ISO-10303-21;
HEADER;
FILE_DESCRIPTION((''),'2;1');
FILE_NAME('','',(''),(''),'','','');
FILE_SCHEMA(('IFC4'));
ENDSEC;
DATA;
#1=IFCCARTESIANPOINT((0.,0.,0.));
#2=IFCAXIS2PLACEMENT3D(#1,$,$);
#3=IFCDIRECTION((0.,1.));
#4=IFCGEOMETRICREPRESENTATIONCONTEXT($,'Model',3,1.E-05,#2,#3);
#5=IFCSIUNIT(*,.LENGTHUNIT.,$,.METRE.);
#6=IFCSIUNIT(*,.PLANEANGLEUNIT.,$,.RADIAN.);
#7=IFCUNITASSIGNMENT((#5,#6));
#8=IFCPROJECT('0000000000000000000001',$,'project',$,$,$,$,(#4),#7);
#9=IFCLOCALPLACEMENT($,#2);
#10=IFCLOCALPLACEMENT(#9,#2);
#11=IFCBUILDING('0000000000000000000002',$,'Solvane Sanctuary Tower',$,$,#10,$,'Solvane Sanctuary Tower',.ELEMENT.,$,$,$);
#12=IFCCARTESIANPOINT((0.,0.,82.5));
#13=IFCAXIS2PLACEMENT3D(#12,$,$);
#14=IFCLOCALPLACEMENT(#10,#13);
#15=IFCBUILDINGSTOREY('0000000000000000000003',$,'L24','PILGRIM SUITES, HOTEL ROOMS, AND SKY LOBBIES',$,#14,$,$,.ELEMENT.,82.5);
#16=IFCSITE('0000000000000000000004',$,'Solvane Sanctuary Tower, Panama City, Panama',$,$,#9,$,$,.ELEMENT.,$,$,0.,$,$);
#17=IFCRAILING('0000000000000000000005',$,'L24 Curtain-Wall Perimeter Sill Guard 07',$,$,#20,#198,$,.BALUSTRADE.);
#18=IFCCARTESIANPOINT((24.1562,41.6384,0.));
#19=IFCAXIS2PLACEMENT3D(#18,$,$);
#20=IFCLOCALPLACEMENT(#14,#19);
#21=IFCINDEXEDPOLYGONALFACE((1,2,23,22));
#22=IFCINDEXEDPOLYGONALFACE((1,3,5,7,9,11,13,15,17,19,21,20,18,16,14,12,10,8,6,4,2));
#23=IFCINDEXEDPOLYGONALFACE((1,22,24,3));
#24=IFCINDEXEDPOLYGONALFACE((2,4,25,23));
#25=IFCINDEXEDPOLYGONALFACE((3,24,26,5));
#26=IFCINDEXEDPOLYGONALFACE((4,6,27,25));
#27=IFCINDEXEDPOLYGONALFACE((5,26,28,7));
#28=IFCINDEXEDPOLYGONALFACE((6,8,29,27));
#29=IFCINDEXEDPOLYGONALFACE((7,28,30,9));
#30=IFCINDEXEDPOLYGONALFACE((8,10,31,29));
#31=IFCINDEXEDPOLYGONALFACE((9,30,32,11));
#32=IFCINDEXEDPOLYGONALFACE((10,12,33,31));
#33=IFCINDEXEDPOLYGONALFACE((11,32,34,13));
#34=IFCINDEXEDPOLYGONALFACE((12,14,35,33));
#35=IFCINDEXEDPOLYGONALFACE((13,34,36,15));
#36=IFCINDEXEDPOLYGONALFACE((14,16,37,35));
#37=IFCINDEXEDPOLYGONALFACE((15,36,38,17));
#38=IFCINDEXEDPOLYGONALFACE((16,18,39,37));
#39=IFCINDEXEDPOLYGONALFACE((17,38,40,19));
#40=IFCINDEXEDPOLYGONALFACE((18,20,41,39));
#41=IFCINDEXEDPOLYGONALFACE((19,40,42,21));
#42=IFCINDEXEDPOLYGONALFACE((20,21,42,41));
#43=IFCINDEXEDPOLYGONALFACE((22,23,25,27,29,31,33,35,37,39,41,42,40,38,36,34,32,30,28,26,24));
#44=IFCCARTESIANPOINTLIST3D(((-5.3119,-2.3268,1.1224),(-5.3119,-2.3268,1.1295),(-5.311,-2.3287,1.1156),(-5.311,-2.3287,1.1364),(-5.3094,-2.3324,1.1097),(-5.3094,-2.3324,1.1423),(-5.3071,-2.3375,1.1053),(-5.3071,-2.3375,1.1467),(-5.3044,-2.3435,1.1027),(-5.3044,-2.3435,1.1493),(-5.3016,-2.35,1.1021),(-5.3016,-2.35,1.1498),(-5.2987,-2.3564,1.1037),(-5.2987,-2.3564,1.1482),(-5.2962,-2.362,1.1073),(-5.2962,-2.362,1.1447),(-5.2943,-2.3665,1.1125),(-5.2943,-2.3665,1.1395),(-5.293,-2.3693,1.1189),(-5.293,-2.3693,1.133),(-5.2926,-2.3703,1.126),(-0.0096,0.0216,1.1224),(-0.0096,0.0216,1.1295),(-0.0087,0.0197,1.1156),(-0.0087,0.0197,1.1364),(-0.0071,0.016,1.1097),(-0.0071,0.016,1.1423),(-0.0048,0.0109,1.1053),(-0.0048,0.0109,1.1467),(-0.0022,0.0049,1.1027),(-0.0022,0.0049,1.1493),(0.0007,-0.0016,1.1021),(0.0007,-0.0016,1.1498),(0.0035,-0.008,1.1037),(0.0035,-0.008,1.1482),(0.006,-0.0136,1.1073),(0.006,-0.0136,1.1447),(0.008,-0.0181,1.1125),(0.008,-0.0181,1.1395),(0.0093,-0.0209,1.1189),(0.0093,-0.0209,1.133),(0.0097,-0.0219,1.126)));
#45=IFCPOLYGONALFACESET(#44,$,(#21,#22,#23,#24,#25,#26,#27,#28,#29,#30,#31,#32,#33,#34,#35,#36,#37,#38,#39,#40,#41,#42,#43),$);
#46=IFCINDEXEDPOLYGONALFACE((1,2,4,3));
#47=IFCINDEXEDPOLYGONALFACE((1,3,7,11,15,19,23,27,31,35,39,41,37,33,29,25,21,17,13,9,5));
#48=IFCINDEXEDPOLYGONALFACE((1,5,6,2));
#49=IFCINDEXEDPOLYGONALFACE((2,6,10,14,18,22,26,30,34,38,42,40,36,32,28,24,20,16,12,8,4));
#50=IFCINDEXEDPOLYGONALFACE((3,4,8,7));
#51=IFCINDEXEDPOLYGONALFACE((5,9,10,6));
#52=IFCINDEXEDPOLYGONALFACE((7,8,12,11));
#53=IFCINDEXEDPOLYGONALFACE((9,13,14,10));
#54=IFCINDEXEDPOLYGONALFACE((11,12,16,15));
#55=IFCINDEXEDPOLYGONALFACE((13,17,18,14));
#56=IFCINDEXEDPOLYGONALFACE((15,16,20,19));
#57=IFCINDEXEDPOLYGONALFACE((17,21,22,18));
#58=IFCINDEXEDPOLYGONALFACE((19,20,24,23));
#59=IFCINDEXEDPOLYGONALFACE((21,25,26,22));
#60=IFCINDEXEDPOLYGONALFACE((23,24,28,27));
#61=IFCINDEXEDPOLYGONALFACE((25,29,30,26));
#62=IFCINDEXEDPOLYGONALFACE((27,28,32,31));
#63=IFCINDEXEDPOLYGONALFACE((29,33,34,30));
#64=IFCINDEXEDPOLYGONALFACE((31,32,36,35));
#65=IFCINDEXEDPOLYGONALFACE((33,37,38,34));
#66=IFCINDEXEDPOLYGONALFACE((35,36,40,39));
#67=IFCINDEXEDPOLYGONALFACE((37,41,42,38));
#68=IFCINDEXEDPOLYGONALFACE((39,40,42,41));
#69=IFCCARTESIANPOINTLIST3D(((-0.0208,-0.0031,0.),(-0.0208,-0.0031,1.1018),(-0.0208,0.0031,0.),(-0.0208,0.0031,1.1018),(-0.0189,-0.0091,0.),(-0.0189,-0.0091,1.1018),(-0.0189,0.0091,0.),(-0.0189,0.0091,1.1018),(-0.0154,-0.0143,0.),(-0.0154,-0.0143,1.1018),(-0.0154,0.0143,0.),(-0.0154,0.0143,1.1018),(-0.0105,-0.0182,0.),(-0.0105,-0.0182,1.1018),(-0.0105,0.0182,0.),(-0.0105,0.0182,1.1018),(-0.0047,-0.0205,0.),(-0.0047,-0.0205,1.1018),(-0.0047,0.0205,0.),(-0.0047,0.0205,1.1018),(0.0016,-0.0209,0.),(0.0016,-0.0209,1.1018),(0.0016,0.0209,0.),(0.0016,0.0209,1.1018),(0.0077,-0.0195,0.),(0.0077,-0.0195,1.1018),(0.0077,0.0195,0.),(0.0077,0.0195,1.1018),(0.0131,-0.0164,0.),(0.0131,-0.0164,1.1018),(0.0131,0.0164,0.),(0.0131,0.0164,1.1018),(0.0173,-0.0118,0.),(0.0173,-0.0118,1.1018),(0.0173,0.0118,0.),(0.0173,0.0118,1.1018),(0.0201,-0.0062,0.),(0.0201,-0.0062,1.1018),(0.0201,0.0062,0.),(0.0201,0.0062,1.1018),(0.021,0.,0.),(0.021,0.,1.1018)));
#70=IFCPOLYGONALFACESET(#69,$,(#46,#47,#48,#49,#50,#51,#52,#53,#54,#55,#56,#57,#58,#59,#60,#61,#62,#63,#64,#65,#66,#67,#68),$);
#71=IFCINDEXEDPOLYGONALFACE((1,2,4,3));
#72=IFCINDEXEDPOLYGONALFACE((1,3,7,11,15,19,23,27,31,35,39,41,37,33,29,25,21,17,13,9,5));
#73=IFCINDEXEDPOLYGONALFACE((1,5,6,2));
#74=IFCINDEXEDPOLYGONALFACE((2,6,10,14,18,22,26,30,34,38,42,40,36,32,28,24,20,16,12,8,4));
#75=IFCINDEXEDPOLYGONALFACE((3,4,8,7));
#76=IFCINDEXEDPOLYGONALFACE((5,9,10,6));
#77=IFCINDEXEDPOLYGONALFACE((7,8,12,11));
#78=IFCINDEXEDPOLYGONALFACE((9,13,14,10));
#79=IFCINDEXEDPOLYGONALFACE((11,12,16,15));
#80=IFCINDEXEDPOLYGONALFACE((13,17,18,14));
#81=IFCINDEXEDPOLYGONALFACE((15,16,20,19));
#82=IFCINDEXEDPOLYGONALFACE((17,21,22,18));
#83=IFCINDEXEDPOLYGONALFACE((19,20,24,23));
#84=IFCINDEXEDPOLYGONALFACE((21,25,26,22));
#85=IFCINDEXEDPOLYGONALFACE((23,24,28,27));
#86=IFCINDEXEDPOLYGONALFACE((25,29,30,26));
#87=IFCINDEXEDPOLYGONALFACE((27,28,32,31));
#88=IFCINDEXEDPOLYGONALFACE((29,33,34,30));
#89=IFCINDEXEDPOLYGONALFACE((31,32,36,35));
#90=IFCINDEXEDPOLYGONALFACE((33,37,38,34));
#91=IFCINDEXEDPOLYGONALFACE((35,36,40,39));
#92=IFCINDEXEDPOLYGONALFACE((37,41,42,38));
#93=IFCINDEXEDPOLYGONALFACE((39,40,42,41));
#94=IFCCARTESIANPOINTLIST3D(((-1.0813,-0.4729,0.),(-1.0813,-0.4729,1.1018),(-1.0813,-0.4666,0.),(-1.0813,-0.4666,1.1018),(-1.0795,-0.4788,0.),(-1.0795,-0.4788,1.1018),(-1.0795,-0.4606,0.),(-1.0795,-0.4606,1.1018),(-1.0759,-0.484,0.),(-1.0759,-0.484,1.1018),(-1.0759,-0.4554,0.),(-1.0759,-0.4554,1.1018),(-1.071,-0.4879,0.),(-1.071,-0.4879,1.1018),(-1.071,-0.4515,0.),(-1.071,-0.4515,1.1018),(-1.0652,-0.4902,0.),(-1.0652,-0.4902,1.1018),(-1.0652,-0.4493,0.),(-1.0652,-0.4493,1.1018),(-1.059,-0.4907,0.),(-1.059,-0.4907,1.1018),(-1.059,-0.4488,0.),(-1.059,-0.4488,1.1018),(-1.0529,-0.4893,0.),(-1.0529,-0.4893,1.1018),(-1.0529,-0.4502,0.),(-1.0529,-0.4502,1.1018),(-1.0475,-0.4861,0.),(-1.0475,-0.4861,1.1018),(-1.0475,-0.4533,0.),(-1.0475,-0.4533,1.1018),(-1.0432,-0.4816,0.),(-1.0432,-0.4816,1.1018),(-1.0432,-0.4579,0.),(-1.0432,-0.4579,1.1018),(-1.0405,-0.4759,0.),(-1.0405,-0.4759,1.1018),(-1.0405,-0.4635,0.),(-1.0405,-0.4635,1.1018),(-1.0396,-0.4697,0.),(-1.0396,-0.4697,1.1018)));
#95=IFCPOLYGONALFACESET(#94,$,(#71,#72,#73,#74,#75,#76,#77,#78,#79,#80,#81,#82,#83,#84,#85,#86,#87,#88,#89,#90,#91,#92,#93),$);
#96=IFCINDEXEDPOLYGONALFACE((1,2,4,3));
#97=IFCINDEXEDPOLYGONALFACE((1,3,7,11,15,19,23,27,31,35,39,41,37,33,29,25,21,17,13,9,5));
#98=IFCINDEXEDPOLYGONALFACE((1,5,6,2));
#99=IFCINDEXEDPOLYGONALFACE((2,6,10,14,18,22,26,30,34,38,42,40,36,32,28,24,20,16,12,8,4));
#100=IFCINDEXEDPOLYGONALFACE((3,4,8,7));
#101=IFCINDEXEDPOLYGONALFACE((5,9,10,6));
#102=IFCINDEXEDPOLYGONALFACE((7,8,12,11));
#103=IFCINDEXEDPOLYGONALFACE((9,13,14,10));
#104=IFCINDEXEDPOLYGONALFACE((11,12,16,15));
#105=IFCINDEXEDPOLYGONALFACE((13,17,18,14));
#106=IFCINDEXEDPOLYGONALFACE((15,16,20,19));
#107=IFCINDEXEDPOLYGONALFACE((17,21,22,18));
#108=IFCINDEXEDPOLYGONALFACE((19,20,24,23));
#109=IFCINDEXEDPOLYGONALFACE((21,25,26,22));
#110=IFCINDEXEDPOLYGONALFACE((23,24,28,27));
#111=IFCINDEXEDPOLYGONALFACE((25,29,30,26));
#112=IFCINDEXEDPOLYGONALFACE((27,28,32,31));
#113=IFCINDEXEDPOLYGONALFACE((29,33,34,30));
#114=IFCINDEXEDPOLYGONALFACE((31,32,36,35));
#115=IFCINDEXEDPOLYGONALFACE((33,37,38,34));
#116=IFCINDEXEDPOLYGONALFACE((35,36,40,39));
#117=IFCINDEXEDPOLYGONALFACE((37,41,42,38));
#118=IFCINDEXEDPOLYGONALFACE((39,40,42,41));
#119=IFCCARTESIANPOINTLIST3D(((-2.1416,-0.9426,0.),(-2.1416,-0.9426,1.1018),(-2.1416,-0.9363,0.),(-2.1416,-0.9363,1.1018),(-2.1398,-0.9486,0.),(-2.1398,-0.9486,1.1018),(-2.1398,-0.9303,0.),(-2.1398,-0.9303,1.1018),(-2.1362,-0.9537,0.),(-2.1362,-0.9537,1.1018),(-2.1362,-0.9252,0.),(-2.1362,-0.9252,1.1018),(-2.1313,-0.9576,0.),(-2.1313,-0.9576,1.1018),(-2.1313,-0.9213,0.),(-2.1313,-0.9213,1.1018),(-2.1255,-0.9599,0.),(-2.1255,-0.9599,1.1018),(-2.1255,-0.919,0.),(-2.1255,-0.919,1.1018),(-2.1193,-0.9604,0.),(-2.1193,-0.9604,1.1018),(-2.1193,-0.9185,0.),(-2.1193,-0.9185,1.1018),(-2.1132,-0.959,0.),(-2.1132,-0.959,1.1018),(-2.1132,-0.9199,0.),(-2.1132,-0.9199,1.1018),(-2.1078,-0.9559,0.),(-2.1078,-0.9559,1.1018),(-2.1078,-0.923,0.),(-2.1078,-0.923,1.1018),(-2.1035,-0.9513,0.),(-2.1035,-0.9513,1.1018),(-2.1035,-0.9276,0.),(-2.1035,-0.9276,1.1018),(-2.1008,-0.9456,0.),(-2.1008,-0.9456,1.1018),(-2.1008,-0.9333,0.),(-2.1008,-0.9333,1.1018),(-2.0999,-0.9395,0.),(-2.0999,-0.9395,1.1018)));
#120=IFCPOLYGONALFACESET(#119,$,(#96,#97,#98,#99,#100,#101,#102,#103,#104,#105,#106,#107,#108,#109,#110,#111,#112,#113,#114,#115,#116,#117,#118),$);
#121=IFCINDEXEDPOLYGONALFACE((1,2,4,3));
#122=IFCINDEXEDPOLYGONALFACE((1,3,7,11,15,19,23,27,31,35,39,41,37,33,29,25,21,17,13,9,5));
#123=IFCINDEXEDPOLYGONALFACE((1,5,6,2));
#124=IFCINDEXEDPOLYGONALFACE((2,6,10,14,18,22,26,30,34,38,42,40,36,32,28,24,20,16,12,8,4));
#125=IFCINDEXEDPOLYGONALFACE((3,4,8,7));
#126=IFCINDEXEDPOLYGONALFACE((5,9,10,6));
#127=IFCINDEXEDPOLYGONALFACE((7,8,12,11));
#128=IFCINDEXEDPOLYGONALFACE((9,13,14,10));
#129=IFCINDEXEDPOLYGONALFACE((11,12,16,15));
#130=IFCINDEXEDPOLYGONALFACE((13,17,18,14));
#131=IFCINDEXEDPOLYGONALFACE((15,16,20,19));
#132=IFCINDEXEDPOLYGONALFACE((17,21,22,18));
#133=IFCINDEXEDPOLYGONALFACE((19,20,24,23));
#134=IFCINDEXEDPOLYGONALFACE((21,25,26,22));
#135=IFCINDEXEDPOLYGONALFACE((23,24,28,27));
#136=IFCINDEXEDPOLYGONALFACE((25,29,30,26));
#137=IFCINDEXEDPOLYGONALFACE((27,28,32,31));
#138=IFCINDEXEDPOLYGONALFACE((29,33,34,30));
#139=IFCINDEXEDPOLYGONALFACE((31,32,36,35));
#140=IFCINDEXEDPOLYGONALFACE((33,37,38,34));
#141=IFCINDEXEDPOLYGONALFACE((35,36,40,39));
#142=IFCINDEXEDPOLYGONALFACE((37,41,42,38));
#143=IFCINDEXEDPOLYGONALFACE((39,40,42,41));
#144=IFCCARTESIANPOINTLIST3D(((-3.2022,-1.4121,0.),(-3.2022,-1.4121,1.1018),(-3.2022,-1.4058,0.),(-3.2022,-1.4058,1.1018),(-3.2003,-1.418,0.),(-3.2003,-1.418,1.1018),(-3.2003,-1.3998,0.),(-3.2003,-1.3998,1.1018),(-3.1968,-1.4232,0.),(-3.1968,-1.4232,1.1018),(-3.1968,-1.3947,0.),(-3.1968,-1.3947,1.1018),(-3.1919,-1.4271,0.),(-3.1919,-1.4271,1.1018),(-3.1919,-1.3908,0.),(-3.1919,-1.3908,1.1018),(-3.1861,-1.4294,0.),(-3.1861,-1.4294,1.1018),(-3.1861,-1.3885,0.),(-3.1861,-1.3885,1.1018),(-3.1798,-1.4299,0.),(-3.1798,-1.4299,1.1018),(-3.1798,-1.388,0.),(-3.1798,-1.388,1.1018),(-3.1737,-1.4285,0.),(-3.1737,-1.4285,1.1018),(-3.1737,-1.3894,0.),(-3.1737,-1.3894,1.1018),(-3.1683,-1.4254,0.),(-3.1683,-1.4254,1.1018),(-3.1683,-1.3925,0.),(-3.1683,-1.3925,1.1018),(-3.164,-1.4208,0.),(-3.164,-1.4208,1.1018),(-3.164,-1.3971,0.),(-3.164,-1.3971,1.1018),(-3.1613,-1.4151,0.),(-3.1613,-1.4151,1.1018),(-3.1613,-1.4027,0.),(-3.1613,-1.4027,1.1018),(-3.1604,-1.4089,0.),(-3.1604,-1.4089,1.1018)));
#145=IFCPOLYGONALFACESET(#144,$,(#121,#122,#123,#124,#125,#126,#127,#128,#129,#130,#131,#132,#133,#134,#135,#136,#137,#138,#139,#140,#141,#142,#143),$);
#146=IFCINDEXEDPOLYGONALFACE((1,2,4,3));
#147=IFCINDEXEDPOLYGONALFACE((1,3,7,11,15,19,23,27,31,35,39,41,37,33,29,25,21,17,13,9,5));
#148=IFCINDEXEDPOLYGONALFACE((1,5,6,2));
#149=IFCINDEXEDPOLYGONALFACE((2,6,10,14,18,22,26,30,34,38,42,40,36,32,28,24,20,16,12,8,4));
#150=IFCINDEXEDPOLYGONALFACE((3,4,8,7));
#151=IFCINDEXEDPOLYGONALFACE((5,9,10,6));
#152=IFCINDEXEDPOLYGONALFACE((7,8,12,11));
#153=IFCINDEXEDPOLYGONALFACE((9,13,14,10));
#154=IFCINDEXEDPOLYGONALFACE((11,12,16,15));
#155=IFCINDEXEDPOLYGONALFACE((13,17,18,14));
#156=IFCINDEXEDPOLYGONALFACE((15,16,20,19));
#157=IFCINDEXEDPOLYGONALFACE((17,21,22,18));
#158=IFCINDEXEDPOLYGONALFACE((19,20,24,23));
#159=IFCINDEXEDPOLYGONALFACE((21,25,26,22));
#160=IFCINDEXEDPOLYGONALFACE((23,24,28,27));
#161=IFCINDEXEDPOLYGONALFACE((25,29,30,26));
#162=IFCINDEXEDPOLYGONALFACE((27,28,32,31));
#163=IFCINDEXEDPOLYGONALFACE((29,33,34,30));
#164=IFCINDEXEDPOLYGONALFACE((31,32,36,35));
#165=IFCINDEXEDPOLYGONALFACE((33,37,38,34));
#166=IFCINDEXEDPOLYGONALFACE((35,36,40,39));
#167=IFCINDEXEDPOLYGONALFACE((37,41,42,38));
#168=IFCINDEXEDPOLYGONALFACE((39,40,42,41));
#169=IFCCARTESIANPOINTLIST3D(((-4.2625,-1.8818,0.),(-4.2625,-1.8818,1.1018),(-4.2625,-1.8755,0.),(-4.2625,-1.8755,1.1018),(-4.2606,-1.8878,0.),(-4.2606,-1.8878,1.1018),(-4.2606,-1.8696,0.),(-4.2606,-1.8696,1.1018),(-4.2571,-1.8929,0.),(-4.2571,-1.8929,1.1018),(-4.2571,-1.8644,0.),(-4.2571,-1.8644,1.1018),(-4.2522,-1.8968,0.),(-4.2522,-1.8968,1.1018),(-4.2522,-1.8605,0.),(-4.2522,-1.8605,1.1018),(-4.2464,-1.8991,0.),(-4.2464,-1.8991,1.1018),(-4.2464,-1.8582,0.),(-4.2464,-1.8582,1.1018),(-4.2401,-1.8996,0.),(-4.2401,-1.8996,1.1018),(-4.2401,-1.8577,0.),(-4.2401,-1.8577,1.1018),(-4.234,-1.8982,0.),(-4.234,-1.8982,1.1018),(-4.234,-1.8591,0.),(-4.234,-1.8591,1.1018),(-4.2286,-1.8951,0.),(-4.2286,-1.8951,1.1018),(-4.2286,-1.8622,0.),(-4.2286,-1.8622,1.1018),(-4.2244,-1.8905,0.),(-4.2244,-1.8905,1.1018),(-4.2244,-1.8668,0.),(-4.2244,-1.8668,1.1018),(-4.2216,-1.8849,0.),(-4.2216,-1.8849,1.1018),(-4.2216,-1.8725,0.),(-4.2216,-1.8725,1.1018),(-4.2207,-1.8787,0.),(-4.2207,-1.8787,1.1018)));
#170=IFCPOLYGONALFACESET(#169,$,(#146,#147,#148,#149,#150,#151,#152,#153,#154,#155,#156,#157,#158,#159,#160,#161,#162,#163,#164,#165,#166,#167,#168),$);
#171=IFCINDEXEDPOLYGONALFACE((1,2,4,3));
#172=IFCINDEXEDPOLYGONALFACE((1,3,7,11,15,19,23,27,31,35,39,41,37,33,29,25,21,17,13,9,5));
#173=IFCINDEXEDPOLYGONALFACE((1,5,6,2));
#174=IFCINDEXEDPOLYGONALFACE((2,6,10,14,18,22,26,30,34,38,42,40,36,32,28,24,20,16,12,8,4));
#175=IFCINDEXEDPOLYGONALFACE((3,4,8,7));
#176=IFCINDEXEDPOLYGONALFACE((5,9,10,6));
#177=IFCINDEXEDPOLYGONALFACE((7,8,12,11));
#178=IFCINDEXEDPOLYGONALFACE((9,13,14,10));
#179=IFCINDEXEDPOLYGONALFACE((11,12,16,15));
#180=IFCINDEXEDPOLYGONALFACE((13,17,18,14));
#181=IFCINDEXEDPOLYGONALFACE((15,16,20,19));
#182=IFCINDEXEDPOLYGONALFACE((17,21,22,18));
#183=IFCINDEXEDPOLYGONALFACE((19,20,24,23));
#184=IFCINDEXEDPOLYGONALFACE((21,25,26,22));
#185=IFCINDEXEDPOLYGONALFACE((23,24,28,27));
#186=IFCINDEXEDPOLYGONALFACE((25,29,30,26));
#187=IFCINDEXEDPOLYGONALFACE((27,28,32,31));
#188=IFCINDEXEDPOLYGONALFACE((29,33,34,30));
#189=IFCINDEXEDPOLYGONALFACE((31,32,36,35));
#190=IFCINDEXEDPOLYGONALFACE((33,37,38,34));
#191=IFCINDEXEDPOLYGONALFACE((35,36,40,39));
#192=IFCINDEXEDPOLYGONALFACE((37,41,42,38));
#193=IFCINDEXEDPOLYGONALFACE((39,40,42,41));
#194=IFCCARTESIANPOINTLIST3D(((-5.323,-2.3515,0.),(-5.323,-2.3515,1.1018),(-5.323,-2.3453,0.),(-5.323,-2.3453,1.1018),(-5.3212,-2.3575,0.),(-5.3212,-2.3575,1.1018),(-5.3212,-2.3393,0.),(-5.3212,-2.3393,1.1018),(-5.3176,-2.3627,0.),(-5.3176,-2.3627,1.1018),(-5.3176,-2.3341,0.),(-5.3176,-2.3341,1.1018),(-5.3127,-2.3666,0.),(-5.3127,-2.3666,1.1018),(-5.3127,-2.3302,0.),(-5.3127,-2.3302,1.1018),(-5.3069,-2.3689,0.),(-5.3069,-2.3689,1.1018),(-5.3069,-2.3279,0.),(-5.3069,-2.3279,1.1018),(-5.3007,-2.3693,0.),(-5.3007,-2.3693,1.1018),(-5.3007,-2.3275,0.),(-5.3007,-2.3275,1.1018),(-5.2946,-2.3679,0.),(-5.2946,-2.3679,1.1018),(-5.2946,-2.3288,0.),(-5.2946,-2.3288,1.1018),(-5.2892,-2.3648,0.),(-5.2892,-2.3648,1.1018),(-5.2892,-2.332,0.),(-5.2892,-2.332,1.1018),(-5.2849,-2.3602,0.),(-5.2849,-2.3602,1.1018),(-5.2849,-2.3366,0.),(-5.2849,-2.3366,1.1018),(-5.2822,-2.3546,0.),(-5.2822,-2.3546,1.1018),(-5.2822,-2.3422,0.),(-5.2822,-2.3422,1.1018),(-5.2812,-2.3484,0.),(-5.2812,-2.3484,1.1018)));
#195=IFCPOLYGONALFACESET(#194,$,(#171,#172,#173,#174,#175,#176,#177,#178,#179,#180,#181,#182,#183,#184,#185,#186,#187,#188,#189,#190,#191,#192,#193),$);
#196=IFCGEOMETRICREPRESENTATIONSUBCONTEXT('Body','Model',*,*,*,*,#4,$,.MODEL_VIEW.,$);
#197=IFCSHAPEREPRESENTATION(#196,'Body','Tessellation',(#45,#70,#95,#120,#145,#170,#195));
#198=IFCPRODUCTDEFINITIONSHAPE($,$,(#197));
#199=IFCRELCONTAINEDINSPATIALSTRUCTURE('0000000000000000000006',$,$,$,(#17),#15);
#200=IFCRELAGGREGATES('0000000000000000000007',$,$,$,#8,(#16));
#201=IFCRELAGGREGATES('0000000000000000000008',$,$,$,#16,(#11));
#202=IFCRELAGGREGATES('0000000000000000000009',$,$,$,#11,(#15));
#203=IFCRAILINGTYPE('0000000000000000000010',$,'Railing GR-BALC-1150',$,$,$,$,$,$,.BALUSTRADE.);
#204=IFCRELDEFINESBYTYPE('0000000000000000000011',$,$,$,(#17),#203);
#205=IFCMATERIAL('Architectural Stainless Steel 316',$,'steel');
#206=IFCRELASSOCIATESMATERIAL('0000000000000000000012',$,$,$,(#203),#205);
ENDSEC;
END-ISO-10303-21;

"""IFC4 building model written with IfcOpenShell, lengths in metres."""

from ifc_helpers import new_model, si_unit, direction, frame, origin, origin_2d, place, context, subcontext, project, spatial, circle, extrude, material, type_object, element, save


model = new_model("IFC4")

# Units and contexts
model_context = context("Model", 3, precision=1e-05, world=origin(), true_north=direction((0.0, 1.0)))
body_context = subcontext(model_context, "Body", "Model", "MODEL_VIEW")
ifc_project = project(units=[si_unit("LENGTHUNIT", "METRE"), si_unit("PLANEANGLEUNIT", "RADIAN")], contexts=[model_context])

# Site, building, storey
site_placement = place(None, origin())
site = spatial("IfcSite", under=ifc_project, at=site_placement, Name="Solvane Sanctuary Tower, Panama City, Panama", CompositionType="ELEMENT", RefElevation=0.0)
building_placement = place(site_placement, origin())
building = spatial("IfcBuilding", under=site, at=building_placement, Name="Solvane Sanctuary Tower", LongName="Solvane Sanctuary Tower", CompositionType="ELEMENT")
storey_placement = place(building_placement, frame((0.0, 0.0, 82.5)))
storey = spatial("IfcBuildingStorey", under=building, at=storey_placement, Name="L24", Description="PILGRIM SUITES, HOTEL ROOMS, AND SKY LOBBIES", CompositionType="ELEMENT", Elevation=82.5)

# Railing
ifc_material_1 = material(Name="Architectural Stainless Steel 316", Category="steel")
railing_type = type_object("IfcRailingType", Name="Railing GR-BALC-1150", PredefinedType="BALUSTRADE", material=ifc_material_1)
railing_placement = place(storey_placement, frame((24.1562, 41.6384, 0.0)))
element("IfcRailing", 1, at=railing_placement, inside=storey, type_object=railing_type, Name="L24 Curtain-Wall Perimeter Sill Guard 07", PredefinedType="BALUSTRADE", context=body_context, shape_type="SweptSolid", body=[
    extrude(circle(Radius=0.0239, at=origin_2d()), frame((0.0, 0.0, 1.126), z_axis=(-0.914333, -0.404962, 0.0), x_axis=(0.404962, -0.914333, 0.0)), (0.0, 0.0, 1.0), 5.7991),
    extrude(circle(Radius=0.021, at=origin_2d()), origin(), (0.0, 0.0, 1.0), 1.1018),
    extrude(circle(Radius=0.021, at=origin_2d()), frame((-1.0605, -0.4697, 0.0)), (0.0, 0.0, 1.0), 1.1018),
    extrude(circle(Radius=0.021, at=origin_2d()), frame((-2.1208, -0.9395, 0.0)), (0.0, 0.0, 1.0), 1.1018),
    extrude(circle(Radius=0.021, at=origin_2d()), frame((-3.1814, -1.4089, 0.0)), (0.0, 0.0, 1.0), 1.1018),
    extrude(circle(Radius=0.021, at=origin_2d()), frame((-4.2417, -1.8787, 0.0)), (0.0, 0.0, 1.0), 1.1018),
    extrude(circle(Radius=0.021, at=origin_2d()), frame((-5.3022, -2.3484, 0.0)), (0.0, 0.0, 1.0), 1.1018),
])

save(model, "model.ifc")
